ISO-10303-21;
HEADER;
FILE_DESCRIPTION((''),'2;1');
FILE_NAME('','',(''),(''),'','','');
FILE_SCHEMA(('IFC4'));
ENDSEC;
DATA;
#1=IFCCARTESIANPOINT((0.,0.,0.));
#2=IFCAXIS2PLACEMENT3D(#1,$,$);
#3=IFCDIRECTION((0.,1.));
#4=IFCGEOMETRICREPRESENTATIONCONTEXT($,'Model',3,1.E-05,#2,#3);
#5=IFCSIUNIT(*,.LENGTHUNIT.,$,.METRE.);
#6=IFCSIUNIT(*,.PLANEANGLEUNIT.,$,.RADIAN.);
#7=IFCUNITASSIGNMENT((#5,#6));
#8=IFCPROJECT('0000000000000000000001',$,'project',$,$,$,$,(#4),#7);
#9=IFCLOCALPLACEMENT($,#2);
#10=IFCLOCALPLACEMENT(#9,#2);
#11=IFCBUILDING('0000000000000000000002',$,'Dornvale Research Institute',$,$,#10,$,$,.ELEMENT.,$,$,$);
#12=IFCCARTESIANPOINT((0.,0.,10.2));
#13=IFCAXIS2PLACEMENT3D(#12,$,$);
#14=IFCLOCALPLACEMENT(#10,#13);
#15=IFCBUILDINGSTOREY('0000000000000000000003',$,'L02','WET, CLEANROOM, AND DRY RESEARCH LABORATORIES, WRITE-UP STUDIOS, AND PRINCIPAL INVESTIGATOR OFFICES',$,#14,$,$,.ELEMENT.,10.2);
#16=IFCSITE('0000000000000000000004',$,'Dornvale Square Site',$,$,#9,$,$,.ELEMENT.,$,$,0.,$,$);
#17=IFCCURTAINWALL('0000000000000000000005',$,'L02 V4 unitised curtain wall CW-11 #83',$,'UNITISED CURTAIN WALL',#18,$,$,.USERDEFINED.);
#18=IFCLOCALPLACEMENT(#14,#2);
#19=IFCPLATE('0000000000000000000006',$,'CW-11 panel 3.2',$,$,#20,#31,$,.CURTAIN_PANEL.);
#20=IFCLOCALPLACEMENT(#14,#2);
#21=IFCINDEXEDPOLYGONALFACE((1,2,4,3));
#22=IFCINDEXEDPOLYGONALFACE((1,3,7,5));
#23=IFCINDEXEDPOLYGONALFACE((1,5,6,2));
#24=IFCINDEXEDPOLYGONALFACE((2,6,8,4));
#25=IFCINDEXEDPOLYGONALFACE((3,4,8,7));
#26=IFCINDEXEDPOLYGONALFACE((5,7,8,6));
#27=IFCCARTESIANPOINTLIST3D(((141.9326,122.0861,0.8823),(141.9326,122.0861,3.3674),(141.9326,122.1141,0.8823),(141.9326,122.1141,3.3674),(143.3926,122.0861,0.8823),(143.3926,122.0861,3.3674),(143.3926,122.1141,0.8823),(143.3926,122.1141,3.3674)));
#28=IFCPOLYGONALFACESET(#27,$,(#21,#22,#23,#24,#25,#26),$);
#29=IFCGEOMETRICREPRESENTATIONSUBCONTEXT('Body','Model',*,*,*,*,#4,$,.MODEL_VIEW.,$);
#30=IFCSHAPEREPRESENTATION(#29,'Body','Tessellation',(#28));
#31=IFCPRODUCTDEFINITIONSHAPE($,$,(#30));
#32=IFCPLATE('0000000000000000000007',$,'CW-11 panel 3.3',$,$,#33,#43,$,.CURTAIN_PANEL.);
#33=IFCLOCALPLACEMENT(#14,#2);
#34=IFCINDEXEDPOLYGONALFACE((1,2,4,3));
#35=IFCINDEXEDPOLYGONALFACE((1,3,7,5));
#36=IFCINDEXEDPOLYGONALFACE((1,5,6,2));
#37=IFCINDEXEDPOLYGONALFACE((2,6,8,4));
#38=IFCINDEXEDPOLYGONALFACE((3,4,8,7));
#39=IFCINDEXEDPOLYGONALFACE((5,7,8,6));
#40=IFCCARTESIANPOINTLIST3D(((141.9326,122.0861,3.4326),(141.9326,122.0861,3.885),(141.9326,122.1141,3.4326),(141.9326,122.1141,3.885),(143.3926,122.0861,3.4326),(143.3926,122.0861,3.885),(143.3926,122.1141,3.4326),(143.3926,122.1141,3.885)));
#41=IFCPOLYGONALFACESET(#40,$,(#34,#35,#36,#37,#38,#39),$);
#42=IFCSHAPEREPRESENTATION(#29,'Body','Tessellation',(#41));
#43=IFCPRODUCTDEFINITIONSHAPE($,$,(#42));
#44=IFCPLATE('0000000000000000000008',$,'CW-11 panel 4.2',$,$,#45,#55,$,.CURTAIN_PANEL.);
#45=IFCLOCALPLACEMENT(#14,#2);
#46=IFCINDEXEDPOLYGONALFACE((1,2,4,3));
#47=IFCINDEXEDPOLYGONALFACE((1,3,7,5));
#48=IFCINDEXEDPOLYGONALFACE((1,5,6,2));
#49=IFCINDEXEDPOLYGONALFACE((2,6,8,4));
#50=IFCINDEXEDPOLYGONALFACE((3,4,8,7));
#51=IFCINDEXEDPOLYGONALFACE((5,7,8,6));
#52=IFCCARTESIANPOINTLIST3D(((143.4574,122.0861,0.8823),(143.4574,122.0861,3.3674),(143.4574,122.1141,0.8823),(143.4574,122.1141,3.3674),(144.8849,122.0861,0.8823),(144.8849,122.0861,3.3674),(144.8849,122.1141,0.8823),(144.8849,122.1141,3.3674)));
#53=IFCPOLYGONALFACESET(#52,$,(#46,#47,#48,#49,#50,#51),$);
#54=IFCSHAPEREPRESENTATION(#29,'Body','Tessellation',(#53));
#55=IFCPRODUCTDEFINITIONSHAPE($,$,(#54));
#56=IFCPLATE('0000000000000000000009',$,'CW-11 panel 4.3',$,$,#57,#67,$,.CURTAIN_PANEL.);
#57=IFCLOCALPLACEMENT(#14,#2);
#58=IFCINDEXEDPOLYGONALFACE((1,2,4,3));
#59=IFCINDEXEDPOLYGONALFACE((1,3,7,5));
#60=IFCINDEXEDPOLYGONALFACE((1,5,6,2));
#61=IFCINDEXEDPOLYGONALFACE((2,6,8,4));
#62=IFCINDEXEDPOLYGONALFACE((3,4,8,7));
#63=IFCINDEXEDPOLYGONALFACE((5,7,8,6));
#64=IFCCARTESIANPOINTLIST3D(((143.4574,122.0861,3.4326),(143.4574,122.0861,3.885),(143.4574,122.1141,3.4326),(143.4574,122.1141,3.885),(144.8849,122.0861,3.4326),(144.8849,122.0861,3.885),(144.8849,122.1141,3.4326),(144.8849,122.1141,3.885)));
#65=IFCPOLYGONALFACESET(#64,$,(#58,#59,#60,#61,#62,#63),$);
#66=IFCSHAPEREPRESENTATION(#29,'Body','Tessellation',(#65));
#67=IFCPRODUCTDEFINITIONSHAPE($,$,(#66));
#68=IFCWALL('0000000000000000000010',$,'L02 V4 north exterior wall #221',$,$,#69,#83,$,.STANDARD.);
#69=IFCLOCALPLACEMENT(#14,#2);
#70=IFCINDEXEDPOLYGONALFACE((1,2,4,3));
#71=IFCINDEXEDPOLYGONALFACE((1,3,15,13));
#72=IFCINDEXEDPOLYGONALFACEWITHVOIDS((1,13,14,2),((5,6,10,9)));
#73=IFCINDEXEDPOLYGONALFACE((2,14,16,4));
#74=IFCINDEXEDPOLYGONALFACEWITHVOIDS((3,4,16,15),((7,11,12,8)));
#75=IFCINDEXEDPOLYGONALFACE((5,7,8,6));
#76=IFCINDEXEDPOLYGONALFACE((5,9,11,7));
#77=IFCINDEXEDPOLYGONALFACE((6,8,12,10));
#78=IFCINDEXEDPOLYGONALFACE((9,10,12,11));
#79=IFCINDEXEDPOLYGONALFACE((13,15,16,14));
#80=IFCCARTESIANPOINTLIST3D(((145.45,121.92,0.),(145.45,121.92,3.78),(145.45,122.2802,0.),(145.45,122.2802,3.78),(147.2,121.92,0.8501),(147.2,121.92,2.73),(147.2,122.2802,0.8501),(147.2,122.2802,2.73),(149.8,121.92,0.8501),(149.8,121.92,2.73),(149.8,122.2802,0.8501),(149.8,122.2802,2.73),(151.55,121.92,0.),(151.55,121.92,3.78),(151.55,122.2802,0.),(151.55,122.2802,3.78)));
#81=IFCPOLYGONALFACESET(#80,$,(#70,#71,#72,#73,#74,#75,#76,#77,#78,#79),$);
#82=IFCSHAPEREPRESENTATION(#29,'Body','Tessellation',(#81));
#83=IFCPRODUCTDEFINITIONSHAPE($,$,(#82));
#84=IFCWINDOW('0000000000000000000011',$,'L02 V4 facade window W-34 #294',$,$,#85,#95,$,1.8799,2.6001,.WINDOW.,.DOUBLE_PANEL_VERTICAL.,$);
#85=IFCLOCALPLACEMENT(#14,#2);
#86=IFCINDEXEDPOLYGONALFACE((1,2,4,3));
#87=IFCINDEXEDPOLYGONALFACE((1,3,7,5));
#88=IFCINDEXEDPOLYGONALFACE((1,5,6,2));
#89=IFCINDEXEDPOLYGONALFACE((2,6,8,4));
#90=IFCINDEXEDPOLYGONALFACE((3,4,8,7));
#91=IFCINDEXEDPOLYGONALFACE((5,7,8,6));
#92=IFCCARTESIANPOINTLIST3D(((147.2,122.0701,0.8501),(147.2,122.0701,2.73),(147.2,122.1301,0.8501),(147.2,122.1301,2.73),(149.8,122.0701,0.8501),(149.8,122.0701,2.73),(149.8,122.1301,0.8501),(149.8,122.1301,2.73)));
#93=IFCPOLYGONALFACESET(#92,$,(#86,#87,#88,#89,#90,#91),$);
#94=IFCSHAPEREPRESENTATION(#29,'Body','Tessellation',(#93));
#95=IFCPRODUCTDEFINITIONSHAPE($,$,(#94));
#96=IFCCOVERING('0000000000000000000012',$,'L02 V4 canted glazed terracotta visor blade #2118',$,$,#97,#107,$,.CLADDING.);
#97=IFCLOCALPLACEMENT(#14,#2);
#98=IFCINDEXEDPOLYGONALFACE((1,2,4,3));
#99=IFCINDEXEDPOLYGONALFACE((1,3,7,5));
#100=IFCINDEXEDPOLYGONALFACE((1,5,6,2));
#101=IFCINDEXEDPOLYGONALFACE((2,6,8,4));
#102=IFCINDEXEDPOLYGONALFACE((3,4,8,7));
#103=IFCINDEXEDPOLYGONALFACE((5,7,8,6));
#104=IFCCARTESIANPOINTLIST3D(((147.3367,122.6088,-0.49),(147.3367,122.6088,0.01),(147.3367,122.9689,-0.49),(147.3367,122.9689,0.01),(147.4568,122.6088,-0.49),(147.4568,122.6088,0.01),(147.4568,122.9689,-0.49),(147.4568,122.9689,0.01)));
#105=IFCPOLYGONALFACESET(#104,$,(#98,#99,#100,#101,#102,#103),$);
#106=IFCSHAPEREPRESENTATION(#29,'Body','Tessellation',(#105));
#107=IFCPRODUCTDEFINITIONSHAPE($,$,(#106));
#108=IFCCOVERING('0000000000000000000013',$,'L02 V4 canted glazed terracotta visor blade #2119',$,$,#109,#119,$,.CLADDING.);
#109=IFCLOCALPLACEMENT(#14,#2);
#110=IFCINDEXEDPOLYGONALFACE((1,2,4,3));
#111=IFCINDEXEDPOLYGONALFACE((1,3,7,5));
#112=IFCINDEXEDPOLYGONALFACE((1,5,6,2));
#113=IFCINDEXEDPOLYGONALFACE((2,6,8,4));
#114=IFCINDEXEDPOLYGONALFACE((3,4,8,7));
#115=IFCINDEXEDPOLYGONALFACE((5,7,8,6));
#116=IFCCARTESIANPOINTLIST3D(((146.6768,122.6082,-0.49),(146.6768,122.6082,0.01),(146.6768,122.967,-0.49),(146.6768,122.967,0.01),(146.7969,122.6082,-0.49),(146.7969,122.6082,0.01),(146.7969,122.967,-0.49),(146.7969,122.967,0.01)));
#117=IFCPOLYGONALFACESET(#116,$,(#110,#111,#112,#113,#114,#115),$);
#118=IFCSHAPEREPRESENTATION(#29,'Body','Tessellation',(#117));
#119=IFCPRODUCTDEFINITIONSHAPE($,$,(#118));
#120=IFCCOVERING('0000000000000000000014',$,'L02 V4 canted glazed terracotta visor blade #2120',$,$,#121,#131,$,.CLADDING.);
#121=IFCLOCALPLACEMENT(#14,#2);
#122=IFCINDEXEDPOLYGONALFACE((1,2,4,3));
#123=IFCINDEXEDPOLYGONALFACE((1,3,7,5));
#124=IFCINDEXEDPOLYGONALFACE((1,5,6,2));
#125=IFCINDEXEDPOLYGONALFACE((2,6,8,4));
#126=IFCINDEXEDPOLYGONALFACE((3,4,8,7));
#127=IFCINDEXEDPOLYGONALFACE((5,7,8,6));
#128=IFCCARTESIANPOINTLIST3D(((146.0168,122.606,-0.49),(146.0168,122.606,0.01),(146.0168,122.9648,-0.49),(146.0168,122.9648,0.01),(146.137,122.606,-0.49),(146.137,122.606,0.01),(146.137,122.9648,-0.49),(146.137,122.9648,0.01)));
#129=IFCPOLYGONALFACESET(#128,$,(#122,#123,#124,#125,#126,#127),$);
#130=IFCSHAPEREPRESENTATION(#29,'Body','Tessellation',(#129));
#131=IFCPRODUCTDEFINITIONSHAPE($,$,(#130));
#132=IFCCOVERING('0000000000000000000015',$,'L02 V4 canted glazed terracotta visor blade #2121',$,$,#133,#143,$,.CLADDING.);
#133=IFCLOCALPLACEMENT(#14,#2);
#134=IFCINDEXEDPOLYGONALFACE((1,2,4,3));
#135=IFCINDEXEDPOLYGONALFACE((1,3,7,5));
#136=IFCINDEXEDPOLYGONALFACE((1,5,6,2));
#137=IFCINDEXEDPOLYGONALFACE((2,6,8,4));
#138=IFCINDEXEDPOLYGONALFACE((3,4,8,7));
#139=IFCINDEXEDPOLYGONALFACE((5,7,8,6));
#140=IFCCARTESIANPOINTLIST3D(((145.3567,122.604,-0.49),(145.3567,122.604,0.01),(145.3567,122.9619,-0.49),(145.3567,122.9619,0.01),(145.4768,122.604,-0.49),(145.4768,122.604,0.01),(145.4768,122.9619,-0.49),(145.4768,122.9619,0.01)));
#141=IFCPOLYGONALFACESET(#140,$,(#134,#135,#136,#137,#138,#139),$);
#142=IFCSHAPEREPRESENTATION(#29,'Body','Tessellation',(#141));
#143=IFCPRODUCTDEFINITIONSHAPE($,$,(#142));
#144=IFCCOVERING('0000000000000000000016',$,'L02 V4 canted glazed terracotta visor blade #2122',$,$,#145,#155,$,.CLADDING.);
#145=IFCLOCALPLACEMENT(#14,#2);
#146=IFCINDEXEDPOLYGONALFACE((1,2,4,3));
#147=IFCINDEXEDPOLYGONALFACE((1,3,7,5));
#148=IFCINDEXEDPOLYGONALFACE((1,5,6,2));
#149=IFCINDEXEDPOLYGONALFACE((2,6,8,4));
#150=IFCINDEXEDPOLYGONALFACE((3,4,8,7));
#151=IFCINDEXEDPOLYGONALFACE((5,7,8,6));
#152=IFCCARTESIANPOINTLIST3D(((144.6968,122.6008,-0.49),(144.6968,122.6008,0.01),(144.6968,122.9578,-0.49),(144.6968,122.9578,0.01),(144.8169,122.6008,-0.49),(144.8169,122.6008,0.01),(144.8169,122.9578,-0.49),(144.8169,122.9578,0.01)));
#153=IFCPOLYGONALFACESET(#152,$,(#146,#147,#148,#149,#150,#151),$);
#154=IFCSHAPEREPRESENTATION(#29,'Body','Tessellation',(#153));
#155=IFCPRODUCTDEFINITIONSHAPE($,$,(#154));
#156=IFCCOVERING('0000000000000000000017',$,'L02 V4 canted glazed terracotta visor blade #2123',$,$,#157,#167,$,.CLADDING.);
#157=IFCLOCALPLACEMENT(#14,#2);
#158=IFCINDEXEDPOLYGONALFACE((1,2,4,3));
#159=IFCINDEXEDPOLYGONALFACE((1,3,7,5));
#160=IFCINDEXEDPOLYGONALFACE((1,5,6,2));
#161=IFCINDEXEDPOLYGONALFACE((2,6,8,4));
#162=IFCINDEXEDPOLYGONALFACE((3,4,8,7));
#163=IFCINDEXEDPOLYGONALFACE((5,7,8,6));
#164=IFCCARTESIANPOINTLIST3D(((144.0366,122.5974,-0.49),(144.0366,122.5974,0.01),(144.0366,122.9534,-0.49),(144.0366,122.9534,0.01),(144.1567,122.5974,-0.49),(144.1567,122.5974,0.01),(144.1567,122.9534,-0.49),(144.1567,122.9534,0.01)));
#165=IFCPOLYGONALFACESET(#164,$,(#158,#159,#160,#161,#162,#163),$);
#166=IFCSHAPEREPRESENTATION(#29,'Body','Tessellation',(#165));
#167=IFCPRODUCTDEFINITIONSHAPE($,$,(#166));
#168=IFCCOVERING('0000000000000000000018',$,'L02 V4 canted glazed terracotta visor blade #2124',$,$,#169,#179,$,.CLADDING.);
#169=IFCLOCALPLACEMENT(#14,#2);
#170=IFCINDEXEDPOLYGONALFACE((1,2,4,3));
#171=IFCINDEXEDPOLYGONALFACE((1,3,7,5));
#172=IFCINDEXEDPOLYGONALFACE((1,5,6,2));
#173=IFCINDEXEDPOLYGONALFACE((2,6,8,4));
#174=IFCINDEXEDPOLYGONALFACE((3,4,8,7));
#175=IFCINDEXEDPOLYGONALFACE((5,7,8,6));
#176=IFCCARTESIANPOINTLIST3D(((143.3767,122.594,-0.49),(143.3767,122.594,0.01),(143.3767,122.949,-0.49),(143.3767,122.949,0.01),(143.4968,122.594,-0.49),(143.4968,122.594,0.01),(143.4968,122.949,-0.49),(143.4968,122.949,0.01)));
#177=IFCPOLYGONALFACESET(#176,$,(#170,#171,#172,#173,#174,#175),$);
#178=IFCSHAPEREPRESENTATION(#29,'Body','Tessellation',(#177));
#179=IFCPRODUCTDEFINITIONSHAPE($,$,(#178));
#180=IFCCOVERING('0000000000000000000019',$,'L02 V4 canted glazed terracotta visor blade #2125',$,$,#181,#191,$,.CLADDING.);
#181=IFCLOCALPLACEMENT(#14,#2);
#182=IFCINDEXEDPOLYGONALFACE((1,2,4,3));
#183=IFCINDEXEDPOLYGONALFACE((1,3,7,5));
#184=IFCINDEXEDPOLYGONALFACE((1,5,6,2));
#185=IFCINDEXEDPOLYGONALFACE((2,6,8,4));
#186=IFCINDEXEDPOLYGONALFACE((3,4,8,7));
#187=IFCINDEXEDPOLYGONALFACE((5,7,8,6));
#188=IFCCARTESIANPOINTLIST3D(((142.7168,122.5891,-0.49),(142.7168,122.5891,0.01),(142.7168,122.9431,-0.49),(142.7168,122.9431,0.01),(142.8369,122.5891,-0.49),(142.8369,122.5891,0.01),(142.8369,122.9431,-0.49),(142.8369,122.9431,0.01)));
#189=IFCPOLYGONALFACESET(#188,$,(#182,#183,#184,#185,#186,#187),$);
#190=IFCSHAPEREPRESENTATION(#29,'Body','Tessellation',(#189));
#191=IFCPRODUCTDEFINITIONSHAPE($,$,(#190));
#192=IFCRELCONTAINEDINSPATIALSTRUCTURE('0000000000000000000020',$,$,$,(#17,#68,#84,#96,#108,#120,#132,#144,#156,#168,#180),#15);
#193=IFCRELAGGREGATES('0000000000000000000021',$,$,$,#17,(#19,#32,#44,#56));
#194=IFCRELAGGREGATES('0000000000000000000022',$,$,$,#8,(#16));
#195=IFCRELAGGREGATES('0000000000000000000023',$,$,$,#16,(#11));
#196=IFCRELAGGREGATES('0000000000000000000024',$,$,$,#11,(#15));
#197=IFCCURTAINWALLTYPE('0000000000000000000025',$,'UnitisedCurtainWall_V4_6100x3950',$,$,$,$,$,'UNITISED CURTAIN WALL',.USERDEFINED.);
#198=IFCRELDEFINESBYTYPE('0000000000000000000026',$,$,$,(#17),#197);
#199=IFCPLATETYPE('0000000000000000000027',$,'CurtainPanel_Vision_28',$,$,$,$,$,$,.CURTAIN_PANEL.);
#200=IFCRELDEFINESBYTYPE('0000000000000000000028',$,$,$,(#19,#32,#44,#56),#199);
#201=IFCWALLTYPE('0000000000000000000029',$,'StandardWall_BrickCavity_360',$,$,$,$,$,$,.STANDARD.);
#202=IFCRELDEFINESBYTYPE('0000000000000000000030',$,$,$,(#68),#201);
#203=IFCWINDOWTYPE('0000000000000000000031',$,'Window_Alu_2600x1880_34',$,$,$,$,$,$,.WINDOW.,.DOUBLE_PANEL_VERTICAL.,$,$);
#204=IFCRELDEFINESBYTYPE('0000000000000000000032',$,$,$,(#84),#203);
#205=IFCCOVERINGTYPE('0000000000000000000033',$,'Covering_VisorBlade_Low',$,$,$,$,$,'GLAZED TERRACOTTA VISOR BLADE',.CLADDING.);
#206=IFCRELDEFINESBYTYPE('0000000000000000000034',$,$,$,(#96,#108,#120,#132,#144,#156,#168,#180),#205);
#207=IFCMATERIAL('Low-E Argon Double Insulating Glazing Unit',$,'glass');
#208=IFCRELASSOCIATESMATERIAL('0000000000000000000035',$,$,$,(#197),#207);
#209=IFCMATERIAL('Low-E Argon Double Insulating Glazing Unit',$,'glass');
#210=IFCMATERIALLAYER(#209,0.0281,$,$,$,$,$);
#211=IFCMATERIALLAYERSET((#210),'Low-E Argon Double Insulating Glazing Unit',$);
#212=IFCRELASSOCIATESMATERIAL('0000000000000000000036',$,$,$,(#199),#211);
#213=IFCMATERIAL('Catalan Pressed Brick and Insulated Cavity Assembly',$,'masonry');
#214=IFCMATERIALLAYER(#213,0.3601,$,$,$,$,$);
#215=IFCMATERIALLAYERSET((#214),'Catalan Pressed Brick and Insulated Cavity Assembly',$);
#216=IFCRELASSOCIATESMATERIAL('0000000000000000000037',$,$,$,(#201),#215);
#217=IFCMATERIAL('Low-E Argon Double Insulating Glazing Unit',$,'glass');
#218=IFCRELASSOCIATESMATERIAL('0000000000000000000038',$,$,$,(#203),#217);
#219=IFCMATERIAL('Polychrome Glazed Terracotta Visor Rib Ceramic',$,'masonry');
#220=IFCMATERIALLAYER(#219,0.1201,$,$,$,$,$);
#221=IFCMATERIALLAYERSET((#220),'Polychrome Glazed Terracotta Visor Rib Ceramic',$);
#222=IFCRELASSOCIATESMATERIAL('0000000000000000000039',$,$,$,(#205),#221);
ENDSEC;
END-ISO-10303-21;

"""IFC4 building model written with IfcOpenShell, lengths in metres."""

from ifc_helpers import new_model, si_unit, direction, frame, frame_2d, origin, origin_2d, place, context, subcontext, project, spatial, rectangle, extrude, material, layer, layer_set, type_object, element, fill, aggregate, save


model = new_model("IFC4")

# Units and contexts
model_context = context("Model", 3, precision=1e-05, world=origin(), true_north=direction((0.0, 1.0)))
body_context = subcontext(model_context, "Body", "Model", "MODEL_VIEW")
ifc_project = project(units=[si_unit("LENGTHUNIT", "METRE"), si_unit("PLANEANGLEUNIT", "RADIAN")], contexts=[model_context])

# Site, building, storey
site_placement = place(None, origin())
site = spatial("IfcSite", under=ifc_project, at=site_placement, Name="Dornvale Square Site", CompositionType="ELEMENT", RefElevation=0.0)
building_placement = place(site_placement, origin())
building = spatial("IfcBuilding", under=site, at=building_placement, Name="Dornvale Research Institute", CompositionType="ELEMENT")
storey_placement = place(building_placement, frame((0.0, 0.0, 10.2)))
storey = spatial("IfcBuildingStorey", under=building, at=storey_placement, Name="L02", Description="WET, CLEANROOM, AND DRY RESEARCH LABORATORIES, WRITE-UP STUDIOS, AND PRINCIPAL INVESTIGATOR OFFICES", CompositionType="ELEMENT", Elevation=10.2)

# Curtain wall
ifc_material_1 = material(Name="Low-E Argon Double Insulating Glazing Unit", Category="glass")
curtain_wall_type = type_object("IfcCurtainWallType", Name="UnitisedCurtainWall_V4_6100x3950", ElementType="UNITISED CURTAIN WALL", PredefinedType="USERDEFINED", material=ifc_material_1)
curtain_wall_placement = place(storey_placement, origin())
curtain_wall = element("IfcCurtainWall", 1, at=curtain_wall_placement, inside=storey, type_object=curtain_wall_type, Name="L02 V4 unitised curtain wall CW-11 #83", ObjectType="UNITISED CURTAIN WALL", PredefinedType="USERDEFINED")

# Plates
ifc_material_2 = material(Name="Low-E Argon Double Insulating Glazing Unit", Category="glass")
ifc_layer_1 = layer(ifc_material_2, 0.0281)
ifc_layer_set_1 = layer_set([ifc_layer_1], Name="Low-E Argon Double Insulating Glazing Unit")
plate_type_1 = type_object("IfcPlateType", Name="CurtainPanel_Vision_28", PredefinedType="CURTAIN_PANEL", material=ifc_layer_set_1)
plate_1_placement = place(storey_placement, frame((142.6626, 122.1001, 0.8823), z_axis=(0.0, 0.0, 1.0), x_axis=(1.0, 0.0, 0.0)))
plate_1 = element("IfcPlate", 2, at=plate_1_placement, type_object=plate_type_1, Name="CW-11 panel 3.2", PredefinedType="CURTAIN_PANEL", context=body_context, shape_type="SweptSolid", body=[
    extrude(rectangle(XDim=1.46, YDim=0.0281, at=origin_2d()), origin(), (0.0, 0.0, 1.0), 2.4851),
])
plate_2_placement = place(storey_placement, frame((142.6626, 122.1001, 3.4326), z_axis=(0.0, 0.0, 1.0), x_axis=(1.0, 0.0, 0.0)))
plate_2 = element("IfcPlate", 3, at=plate_2_placement, type_object=plate_type_1, Name="CW-11 panel 3.3", PredefinedType="CURTAIN_PANEL", context=body_context, shape_type="SweptSolid", body=[
    extrude(rectangle(XDim=1.46, YDim=0.0281, at=origin_2d()), origin(), (0.0, 0.0, 1.0), 0.4524),
])
plate_3_placement = place(storey_placement, frame((144.1711, 122.1001, 0.8823), z_axis=(0.0, 0.0, 1.0), x_axis=(1.0, 0.0, 0.0)))
plate_3 = element("IfcPlate", 4, at=plate_3_placement, type_object=plate_type_1, Name="CW-11 panel 4.2", PredefinedType="CURTAIN_PANEL", context=body_context, shape_type="SweptSolid", body=[
    extrude(rectangle(XDim=1.4275, YDim=0.0281, at=origin_2d()), origin(), (0.0, 0.0, 1.0), 2.4851),
])
plate_4_placement = place(storey_placement, frame((144.1711, 122.1001, 3.4326), z_axis=(0.0, 0.0, 1.0), x_axis=(1.0, 0.0, 0.0)))
plate_4 = element("IfcPlate", 5, at=plate_4_placement, type_object=plate_type_1, Name="CW-11 panel 4.3", PredefinedType="CURTAIN_PANEL", context=body_context, shape_type="SweptSolid", body=[
    extrude(rectangle(XDim=1.4275, YDim=0.0281, at=origin_2d()), origin(), (0.0, 0.0, 1.0), 0.4524),
])
aggregate(curtain_wall, [plate_1, plate_2, plate_3, plate_4])

# Wall, opening, window
ifc_material_3 = material(Name="Catalan Pressed Brick and Insulated Cavity Assembly", Category="masonry")
ifc_layer_2 = layer(ifc_material_3, 0.3601)
ifc_layer_set_2 = layer_set([ifc_layer_2], Name="Catalan Pressed Brick and Insulated Cavity Assembly")
wall_type = type_object("IfcWallType", Name="StandardWall_BrickCavity_360", PredefinedType="STANDARD", material=ifc_layer_set_2)
wall_placement = place(storey_placement, frame((145.45, 122.1001, 0.0), z_axis=(0.0, 0.0, 1.0), x_axis=(1.0, 0.0, 0.0)))
wall = element("IfcWall", 6, at=wall_placement, inside=storey, type_object=wall_type, Name="L02 V4 north exterior wall #221", PredefinedType="STANDARD", context=body_context, shape_type="SweptSolid", body=[
    extrude(rectangle(XDim=6.1001, YDim=0.3601, at=frame_2d((3.05, 0.0))), origin(), (0.0, 0.0, 1.0), 3.78),
])
opening_placement = place(wall_placement, frame((1.75, 0.0, 0.8501)))
opening = element("IfcOpeningElement", 7, at=opening_placement, cuts=wall, PredefinedType="OPENING", context=body_context, shape_type="SweptSolid", body=[
    extrude(rectangle(XDim=2.6001, YDim=1.8799, at=frame_2d((1.3, 0.9399))), frame((0.0, 0.1951, 0.0), z_axis=(0.0, -1.0, 0.0), x_axis=(1.0, 0.0, 0.0)), (0.0, 0.0, 1.0), 0.3901),
])
ifc_material_4 = material(Name="Low-E Argon Double Insulating Glazing Unit", Category="glass")
window_type = type_object("IfcWindowType", Name="Window_Alu_2600x1880_34", PartitioningType="DOUBLE_PANEL_VERTICAL", PredefinedType="WINDOW", material=ifc_material_4)
window_placement = place(opening_placement, origin())
window = element("IfcWindow", 8, at=window_placement, inside=storey, type_object=window_type, Name="L02 V4 facade window W-34 #294", OverallHeight=1.8799, OverallWidth=2.6001, PartitioningType="DOUBLE_PANEL_VERTICAL", PredefinedType="WINDOW", context=body_context, shape_type="SweptSolid", body=[
    extrude(rectangle(XDim=2.6001, YDim=1.8799, at=frame_2d((1.3, 0.9399))), frame((0.0, 0.03, 0.0), z_axis=(0.0, -1.0, 0.0), x_axis=(1.0, 0.0, 0.0)), (0.0, 0.0, 1.0), 0.0601),
])
fill(opening, window)

# Coverings
ifc_material_5 = material(Name="Polychrome Glazed Terracotta Visor Rib Ceramic", Category="masonry")
ifc_layer_3 = layer(ifc_material_5, 0.1201)
ifc_layer_set_3 = layer_set([ifc_layer_3], Name="Polychrome Glazed Terracotta Visor Rib Ceramic")
covering_type = type_object("IfcCoveringType", Name="Covering_VisorBlade_Low", ElementType="GLAZED TERRACOTTA VISOR BLADE", PredefinedType="CLADDING", material=ifc_layer_set_3)
covering_1_placement = place(storey_placement, frame((147.3967, 122.7888, -0.49), z_axis=(0.0, 0.0, 1.0), x_axis=(0.0, 1.0, 0.0)))
element("IfcCovering", 9, at=covering_1_placement, inside=storey, type_object=covering_type, Name="L02 V4 canted glazed terracotta visor blade #2118", PredefinedType="CLADDING", context=body_context, shape_type="SweptSolid", body=[
    extrude(rectangle(XDim=0.3601, YDim=0.1201, at=origin_2d()), origin(), (0.0, 0.0, 1.0), 0.5),
])
for number, where, z_axis, x_axis, name in (
    (10, (146.7368, 122.7876, -0.49), (0.0, 0.0, 1.0), (0.0, 1.0, 0.0), "L02 V4 canted glazed terracotta visor blade #2119"),
    (11, (146.0769, 122.7854, -0.49), (0.0, 0.0, 1.0), (0.0, 1.0, 0.0), "L02 V4 canted glazed terracotta visor blade #2120"),
):
    element("IfcCovering", number, at=place(storey_placement, frame(where, z_axis=z_axis, x_axis=x_axis)), inside=storey, type_object=covering_type, Name=name, PredefinedType="CLADDING", context=body_context, shape_type="SweptSolid", body=[
        extrude(rectangle(XDim=0.3589, YDim=0.1201, at=origin_2d()), origin(), (0.0, 0.0, 1.0), 0.5),
    ])
covering_2_placement = place(storey_placement, frame((145.4167, 122.783, -0.49), z_axis=(0.0, 0.0, 1.0), x_axis=(0.0, 1.0, 0.0)))
element("IfcCovering", 12, at=covering_2_placement, inside=storey, type_object=covering_type, Name="L02 V4 canted glazed terracotta visor blade #2121", PredefinedType="CLADDING", context=body_context, shape_type="SweptSolid", body=[
    extrude(rectangle(XDim=0.3579, YDim=0.1201, at=origin_2d()), origin(), (0.0, 0.0, 1.0), 0.5),
])
covering_3_placement = place(storey_placement, frame((144.7568, 122.7793, -0.49), z_axis=(0.0, 0.0, 1.0), x_axis=(0.0, 1.0, 0.0)))
element("IfcCovering", 13, at=covering_3_placement, inside=storey, type_object=covering_type, Name="L02 V4 canted glazed terracotta visor blade #2122", PredefinedType="CLADDING", context=body_context, shape_type="SweptSolid", body=[
    extrude(rectangle(XDim=0.3569, YDim=0.1201, at=origin_2d()), origin(), (0.0, 0.0, 1.0), 0.5),
])
covering_4_placement = place(storey_placement, frame((144.0967, 122.7754, -0.49), z_axis=(0.0, 0.0, 1.0), x_axis=(0.0, 1.0, 0.0)))
element("IfcCovering", 14, at=covering_4_placement, inside=storey, type_object=covering_type, Name="L02 V4 canted glazed terracotta visor blade #2123", PredefinedType="CLADDING", context=body_context, shape_type="SweptSolid", body=[
    extrude(rectangle(XDim=0.356, YDim=0.1201, at=origin_2d()), origin(), (0.0, 0.0, 1.0), 0.5),
])
covering_5_placement = place(storey_placement, frame((143.4368, 122.7715, -0.49), z_axis=(0.0, 0.0, 1.0), x_axis=(0.0, 1.0, 0.0)))
element("IfcCovering", 15, at=covering_5_placement, inside=storey, type_object=covering_type, Name="L02 V4 canted glazed terracotta visor blade #2124", PredefinedType="CLADDING", context=body_context, shape_type="SweptSolid", body=[
    extrude(rectangle(XDim=0.355, YDim=0.1201, at=origin_2d()), origin(), (0.0, 0.0, 1.0), 0.5),
])
covering_6_placement = place(storey_placement, frame((142.7769, 122.7661, -0.49), z_axis=(0.0, 0.0, 1.0), x_axis=(0.0, 1.0, 0.0)))
element("IfcCovering", 16, at=covering_6_placement, inside=storey, type_object=covering_type, Name="L02 V4 canted glazed terracotta visor blade #2125", PredefinedType="CLADDING", context=body_context, shape_type="SweptSolid", body=[
    extrude(rectangle(XDim=0.354, YDim=0.1201, at=origin_2d()), origin(), (0.0, 0.0, 1.0), 0.5),
])

save(model, "model.ifc")
